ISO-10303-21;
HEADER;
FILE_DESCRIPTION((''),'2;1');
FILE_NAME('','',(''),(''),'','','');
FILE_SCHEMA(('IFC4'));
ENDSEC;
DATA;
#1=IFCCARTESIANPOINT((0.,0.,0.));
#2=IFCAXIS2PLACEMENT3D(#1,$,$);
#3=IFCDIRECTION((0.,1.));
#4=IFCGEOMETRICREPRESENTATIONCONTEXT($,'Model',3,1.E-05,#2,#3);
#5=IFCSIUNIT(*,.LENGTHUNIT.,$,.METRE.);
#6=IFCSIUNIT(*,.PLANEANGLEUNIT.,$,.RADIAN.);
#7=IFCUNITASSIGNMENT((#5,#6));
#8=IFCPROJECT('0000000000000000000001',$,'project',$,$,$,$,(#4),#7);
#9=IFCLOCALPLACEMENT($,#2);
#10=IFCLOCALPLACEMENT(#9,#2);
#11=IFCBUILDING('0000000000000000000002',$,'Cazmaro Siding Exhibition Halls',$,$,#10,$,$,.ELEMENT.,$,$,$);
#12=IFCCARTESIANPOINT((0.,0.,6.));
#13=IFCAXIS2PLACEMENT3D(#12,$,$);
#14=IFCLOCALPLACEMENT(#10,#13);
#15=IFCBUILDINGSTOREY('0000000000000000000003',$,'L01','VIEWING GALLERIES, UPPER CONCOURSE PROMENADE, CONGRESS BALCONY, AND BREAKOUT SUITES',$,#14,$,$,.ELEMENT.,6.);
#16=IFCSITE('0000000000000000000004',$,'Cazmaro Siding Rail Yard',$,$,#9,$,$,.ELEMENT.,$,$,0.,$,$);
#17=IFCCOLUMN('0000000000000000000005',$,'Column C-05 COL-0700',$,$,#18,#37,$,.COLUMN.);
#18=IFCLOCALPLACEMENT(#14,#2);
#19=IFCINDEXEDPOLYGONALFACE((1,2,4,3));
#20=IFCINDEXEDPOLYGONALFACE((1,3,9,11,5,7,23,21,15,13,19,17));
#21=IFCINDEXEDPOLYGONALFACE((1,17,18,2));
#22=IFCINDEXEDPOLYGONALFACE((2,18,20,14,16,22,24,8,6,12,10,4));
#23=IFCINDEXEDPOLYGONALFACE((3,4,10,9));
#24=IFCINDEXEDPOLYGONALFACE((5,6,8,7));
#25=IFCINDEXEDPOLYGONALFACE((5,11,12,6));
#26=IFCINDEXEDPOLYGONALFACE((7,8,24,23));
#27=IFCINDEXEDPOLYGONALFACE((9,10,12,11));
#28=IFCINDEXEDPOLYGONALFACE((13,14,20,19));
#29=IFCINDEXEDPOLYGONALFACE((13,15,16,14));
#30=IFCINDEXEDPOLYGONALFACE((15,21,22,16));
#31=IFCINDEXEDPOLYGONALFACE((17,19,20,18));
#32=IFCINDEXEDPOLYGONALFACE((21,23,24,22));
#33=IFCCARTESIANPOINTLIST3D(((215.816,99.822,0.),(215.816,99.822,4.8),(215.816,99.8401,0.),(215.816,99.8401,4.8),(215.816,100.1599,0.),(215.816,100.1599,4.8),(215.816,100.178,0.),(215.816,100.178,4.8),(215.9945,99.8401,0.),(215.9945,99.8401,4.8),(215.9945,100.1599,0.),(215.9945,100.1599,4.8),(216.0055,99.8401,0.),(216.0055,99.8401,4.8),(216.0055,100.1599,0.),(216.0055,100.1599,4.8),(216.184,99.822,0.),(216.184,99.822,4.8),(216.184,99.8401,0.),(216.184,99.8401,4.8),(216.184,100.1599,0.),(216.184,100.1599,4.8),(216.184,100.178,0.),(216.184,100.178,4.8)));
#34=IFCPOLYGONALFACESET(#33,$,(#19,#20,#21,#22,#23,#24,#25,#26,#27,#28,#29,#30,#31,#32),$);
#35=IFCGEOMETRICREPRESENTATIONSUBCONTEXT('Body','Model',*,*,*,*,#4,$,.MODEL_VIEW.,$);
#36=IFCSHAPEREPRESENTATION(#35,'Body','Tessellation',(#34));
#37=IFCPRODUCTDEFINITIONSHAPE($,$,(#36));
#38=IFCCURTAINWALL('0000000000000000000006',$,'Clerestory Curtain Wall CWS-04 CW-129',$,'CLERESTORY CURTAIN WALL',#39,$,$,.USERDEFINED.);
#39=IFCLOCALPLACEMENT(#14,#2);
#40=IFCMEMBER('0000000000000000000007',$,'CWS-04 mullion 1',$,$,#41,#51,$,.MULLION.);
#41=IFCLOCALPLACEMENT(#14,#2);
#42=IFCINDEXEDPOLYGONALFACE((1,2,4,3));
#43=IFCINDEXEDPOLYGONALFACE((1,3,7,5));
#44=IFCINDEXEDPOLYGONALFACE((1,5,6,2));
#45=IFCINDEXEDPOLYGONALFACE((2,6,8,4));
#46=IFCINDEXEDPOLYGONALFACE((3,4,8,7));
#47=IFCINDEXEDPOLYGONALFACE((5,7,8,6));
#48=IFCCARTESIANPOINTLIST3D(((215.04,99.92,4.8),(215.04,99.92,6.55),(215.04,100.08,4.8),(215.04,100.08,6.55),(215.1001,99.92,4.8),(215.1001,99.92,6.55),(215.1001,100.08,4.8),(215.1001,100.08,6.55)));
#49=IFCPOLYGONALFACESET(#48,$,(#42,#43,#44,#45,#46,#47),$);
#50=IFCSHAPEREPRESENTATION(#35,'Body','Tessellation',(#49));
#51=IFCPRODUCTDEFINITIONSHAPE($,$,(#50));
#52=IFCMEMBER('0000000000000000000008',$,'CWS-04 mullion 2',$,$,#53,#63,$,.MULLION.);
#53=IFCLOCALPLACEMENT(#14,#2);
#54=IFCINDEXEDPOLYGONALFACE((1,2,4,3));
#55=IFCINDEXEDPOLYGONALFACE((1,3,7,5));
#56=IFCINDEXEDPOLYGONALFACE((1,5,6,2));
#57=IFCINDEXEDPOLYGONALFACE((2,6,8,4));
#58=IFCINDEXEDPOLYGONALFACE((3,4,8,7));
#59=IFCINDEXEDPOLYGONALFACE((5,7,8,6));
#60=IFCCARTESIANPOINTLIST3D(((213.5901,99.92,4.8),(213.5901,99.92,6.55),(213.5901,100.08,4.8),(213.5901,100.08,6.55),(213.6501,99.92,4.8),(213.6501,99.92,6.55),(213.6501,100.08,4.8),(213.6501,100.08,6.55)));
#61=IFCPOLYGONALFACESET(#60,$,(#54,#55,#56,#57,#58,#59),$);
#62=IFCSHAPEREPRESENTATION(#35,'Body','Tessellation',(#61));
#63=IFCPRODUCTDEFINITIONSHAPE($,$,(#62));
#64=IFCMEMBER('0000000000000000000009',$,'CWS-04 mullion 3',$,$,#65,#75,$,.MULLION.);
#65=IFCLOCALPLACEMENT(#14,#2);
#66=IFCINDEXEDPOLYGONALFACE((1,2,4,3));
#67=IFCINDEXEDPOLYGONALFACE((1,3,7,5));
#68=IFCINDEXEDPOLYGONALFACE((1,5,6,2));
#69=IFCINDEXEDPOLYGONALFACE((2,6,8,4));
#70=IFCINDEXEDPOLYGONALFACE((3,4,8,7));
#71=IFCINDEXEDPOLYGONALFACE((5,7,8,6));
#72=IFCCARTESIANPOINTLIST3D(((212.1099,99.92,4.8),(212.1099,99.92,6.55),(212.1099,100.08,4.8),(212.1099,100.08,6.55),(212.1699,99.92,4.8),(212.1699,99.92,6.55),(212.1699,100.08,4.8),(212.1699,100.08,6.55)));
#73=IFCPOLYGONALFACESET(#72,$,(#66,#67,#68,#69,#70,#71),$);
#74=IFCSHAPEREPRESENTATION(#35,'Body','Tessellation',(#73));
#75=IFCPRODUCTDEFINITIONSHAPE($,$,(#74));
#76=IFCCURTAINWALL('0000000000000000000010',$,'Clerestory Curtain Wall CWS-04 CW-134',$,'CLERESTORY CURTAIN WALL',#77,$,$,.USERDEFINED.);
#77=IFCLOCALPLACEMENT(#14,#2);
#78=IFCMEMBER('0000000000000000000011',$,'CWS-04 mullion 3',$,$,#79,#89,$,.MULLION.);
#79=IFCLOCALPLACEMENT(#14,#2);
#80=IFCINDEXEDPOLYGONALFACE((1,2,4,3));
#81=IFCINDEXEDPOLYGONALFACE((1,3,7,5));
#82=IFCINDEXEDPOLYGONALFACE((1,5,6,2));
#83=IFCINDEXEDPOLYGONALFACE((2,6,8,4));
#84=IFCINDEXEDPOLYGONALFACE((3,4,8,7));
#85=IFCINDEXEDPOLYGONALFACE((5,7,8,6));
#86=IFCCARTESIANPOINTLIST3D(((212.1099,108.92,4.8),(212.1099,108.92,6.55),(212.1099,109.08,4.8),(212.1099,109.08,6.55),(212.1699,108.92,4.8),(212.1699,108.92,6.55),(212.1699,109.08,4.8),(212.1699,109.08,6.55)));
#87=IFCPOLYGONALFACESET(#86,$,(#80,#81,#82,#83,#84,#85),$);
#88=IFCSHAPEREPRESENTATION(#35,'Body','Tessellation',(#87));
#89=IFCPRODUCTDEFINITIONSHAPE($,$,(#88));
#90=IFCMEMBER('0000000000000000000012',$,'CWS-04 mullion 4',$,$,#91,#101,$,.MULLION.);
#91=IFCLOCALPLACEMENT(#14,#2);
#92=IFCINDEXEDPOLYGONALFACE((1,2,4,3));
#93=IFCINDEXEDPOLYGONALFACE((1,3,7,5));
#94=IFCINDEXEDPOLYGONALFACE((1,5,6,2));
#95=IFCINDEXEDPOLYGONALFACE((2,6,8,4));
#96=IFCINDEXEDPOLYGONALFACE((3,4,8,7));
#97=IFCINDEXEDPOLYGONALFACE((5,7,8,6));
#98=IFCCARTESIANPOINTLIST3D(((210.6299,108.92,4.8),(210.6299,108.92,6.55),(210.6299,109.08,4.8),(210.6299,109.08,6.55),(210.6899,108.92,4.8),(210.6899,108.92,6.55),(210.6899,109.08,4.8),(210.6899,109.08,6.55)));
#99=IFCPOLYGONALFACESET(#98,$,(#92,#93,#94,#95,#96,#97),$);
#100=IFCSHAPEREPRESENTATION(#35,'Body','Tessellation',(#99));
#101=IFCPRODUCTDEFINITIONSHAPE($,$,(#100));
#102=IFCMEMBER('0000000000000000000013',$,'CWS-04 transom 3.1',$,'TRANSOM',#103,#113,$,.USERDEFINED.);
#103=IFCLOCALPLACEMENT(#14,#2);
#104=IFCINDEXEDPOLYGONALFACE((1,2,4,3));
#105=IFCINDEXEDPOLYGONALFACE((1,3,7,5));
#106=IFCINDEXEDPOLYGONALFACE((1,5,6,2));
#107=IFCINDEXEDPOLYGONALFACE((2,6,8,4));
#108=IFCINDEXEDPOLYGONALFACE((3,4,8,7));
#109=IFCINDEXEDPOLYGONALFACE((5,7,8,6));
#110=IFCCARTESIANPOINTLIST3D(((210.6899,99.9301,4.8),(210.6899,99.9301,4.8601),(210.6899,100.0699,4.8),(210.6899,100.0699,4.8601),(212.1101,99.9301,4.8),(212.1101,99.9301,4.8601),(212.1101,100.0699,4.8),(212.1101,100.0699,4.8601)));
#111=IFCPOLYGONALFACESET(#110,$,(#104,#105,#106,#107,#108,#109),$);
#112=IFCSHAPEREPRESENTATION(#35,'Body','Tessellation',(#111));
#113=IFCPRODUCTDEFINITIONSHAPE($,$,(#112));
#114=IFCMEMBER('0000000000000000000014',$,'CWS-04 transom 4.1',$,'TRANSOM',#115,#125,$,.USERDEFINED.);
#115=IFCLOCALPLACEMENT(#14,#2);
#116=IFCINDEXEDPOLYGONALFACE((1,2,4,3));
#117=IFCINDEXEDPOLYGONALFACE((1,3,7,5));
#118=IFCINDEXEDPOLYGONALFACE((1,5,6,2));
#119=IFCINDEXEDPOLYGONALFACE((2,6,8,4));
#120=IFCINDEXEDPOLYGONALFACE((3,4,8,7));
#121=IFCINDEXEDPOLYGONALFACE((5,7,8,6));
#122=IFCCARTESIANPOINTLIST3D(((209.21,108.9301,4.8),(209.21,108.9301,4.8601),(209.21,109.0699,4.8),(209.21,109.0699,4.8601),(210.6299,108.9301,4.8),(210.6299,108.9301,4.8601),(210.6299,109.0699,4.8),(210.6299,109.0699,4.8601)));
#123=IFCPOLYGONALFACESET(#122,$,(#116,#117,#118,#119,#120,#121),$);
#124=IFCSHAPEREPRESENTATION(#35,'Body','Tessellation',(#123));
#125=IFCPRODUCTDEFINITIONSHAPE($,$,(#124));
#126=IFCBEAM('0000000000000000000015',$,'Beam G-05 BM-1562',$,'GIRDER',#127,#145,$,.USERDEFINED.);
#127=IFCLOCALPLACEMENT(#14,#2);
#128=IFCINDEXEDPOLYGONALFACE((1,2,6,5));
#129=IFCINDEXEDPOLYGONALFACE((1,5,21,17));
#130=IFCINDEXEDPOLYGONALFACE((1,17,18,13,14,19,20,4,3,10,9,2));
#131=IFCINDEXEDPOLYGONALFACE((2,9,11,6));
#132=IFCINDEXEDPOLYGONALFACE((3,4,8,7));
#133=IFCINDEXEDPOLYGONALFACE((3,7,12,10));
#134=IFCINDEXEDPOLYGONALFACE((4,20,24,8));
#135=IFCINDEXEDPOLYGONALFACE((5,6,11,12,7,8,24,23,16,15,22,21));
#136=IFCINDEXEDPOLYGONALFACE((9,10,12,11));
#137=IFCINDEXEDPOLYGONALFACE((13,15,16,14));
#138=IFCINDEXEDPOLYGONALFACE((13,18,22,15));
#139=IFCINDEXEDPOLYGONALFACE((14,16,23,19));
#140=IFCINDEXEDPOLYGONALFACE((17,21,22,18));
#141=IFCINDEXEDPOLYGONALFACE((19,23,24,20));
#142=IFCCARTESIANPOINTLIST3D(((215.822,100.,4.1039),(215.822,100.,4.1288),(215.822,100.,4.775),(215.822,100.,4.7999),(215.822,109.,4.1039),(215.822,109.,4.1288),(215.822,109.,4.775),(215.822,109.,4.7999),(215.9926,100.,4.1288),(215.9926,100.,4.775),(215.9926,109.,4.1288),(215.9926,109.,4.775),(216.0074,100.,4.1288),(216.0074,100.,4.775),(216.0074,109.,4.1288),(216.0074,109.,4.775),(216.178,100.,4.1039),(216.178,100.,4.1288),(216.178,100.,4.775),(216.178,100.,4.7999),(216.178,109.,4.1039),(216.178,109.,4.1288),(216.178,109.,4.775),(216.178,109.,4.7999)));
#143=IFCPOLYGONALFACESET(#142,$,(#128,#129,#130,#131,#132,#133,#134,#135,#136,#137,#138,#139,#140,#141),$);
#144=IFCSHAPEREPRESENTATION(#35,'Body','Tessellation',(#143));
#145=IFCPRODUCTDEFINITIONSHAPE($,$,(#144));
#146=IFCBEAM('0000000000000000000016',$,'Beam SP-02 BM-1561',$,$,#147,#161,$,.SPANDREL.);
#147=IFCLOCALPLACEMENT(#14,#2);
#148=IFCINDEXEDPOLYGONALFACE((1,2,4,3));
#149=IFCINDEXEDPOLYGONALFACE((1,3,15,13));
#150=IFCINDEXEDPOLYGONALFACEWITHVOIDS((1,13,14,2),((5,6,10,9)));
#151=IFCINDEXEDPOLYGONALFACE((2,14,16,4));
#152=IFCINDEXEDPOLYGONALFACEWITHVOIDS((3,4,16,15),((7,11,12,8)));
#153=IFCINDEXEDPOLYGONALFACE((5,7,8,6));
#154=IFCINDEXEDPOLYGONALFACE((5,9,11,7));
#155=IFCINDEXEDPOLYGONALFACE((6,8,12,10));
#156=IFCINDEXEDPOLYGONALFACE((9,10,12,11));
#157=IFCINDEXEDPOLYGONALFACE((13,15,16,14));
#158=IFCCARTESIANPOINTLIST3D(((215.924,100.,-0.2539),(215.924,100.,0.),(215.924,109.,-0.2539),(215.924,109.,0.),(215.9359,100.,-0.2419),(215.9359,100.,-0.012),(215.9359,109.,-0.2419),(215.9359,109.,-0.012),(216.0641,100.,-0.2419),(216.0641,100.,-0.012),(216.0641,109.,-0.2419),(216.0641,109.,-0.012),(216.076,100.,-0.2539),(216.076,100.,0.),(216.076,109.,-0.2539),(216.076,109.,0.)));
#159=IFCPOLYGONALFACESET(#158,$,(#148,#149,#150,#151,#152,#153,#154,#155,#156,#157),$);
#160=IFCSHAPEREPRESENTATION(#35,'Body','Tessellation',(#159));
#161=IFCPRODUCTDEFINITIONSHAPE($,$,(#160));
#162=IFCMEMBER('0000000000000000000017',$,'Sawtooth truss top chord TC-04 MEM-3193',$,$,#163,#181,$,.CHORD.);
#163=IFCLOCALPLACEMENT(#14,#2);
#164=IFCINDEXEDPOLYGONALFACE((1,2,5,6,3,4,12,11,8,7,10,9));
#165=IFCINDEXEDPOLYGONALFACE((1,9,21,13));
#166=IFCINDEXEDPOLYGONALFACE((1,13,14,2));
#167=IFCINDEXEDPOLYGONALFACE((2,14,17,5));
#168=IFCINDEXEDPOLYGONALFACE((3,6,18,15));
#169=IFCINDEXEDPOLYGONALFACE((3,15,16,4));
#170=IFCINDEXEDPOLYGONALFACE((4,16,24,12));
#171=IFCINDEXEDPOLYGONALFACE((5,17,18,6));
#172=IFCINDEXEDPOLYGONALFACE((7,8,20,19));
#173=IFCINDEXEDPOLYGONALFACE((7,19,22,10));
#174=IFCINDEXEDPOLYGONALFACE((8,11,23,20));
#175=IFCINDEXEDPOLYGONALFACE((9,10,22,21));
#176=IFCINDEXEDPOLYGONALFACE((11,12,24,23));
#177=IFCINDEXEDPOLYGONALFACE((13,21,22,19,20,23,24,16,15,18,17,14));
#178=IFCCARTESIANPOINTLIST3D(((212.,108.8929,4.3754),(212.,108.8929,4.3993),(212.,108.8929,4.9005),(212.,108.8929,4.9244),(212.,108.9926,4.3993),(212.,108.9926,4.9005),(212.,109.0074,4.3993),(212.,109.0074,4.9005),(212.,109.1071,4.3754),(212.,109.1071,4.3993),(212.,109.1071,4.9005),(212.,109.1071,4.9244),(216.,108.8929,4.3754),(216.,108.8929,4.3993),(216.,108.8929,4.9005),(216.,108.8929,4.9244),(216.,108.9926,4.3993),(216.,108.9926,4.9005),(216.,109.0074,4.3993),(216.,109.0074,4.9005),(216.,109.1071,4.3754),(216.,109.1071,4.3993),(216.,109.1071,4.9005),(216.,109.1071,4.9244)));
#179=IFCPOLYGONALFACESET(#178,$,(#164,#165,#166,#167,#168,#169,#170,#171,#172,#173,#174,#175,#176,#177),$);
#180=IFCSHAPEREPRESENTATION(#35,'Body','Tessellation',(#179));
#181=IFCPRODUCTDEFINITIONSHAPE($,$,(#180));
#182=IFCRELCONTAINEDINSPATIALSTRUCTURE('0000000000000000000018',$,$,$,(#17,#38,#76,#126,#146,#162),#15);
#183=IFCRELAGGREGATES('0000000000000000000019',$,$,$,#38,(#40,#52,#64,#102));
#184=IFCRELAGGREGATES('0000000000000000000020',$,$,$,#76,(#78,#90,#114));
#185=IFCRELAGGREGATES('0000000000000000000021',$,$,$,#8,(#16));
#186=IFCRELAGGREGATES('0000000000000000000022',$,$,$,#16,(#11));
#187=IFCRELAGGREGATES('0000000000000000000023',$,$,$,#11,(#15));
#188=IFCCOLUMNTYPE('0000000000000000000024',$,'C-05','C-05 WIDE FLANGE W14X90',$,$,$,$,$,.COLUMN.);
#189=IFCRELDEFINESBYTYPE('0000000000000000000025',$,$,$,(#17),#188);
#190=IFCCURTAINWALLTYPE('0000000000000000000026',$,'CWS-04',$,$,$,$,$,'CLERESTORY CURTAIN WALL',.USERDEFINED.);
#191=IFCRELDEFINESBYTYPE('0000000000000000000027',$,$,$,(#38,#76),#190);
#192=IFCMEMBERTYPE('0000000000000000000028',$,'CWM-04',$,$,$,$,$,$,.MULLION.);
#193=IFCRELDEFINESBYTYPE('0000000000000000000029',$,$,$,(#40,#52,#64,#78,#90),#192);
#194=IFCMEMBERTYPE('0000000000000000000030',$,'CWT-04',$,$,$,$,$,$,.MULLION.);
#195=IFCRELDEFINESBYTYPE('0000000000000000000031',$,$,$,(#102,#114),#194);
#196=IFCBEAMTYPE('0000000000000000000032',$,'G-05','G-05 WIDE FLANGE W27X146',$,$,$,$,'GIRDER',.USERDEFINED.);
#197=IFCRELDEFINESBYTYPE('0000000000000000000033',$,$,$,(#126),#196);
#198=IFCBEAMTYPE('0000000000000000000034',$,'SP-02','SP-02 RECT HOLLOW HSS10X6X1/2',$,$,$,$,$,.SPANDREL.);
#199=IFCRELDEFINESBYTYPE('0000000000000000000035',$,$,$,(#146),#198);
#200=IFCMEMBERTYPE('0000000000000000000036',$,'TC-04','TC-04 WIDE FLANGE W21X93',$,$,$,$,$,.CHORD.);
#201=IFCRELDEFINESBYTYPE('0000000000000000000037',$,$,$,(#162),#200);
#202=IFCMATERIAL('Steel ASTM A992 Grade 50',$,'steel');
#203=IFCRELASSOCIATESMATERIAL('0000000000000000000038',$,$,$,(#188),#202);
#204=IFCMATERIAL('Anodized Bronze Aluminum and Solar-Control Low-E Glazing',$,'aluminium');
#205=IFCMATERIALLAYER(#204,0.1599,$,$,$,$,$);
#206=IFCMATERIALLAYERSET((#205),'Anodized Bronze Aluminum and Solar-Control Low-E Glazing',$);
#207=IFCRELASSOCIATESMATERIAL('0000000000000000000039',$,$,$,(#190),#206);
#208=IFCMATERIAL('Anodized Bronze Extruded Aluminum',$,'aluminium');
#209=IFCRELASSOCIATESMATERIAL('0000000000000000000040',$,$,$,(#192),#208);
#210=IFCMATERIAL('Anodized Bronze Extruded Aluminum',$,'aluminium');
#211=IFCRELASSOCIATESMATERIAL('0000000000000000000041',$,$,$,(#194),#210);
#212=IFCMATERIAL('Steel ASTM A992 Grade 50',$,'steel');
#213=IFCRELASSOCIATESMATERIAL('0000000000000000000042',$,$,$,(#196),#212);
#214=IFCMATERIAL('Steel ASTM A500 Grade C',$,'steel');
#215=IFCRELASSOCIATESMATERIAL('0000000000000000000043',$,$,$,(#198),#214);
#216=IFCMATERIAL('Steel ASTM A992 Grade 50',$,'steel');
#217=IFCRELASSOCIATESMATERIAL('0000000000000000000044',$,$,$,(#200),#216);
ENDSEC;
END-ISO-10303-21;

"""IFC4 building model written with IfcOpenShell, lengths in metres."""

from ifc_helpers import new_model, si_unit, direction, frame, origin, origin_2d, place, context, subcontext, project, spatial, rectangle, hollow_rectangle, i_section, extrude, material, layer, layer_set, material_profile, profile_set, type_object, element, aggregate, save


model = new_model("IFC4")

# Units and contexts
model_context = context("Model", 3, precision=1e-05, world=origin(), true_north=direction((0.0, 1.0)))
body_context = subcontext(model_context, "Body", "Model", "MODEL_VIEW")
ifc_project = project(units=[si_unit("LENGTHUNIT", "METRE"), si_unit("PLANEANGLEUNIT", "RADIAN")], contexts=[model_context])

# Site, building, storey
site_placement = place(None, origin())
site = spatial("IfcSite", under=ifc_project, at=site_placement, Name="Cazmaro Siding Rail Yard", CompositionType="ELEMENT", RefElevation=0.0)
building_placement = place(site_placement, origin())
building = spatial("IfcBuilding", under=site, at=building_placement, Name="Cazmaro Siding Exhibition Halls", CompositionType="ELEMENT")
storey_placement = place(building_placement, frame((0.0, 0.0, 6.0)))
storey = spatial("IfcBuildingStorey", under=building, at=storey_placement, Name="L01", Description="VIEWING GALLERIES, UPPER CONCOURSE PROMENADE, CONGRESS BALCONY, AND BREAKOUT SUITES", CompositionType="ELEMENT", Elevation=6.0)

# Column
ifc_material_1 = material(Name="Steel ASTM A992 Grade 50", Category="steel")
ifc_material_profile_1 = material_profile(ifc_material_1, i_section(OverallWidth=0.3679, OverallDepth=0.356, WebThickness=0.011, FlangeThickness=0.0181, at=origin_2d()), Name="W14X90")
ifc_profile_set_1 = profile_set([ifc_material_profile_1], Name="Steel ASTM A992 Grade 50")
column_type = type_object("IfcColumnType", Name="C-05", Description="C-05 WIDE FLANGE W14X90", PredefinedType="COLUMN", material=ifc_profile_set_1)
column_placement = place(storey_placement, frame((216.0, 100.0, 0.0), z_axis=(0.0, 0.0, 1.0), x_axis=(1.0, 0.0, 0.0)))
element("IfcColumn", 1, at=column_placement, inside=storey, type_object=column_type, Name="Column C-05 COL-0700", PredefinedType="COLUMN", context=body_context, shape_type="SweptSolid", body=[
    extrude(i_section(OverallWidth=0.3679, OverallDepth=0.356, WebThickness=0.011, FlangeThickness=0.0181, at=origin_2d()), origin(), (0.0, 0.0, 1.0), 4.8),
])

# Curtain walls, members
ifc_material_2 = material(Name="Anodized Bronze Aluminum and Solar-Control Low-E Glazing", Category="aluminium")
ifc_layer = layer(ifc_material_2, 0.1599)
ifc_layer_set = layer_set([ifc_layer], Name="Anodized Bronze Aluminum and Solar-Control Low-E Glazing")
curtain_wall_type = type_object("IfcCurtainWallType", Name="CWS-04", ElementType="CLERESTORY CURTAIN WALL", PredefinedType="USERDEFINED", material=ifc_layer_set)
curtain_wall_1_placement = place(storey_placement, origin())
curtain_wall_1 = element("IfcCurtainWall", 2, at=curtain_wall_1_placement, inside=storey, type_object=curtain_wall_type, Name="Clerestory Curtain Wall CWS-04 CW-129", ObjectType="CLERESTORY CURTAIN WALL", PredefinedType="USERDEFINED")
ifc_material_3 = material(Name="Anodized Bronze Extruded Aluminum", Category="aluminium")
ifc_material_profile_2 = material_profile(ifc_material_3, rectangle(XDim=0.1599, YDim=0.0601, at=origin_2d()), Name="CWM-04")
ifc_profile_set_2 = profile_set([ifc_material_profile_2], Name="Anodized Bronze Extruded Aluminum")
member_type_1 = type_object("IfcMemberType", Name="CWM-04", PredefinedType="MULLION", material=ifc_profile_set_2)
member_1_placement = place(storey_placement, frame((215.0701, 100.0, 4.8), z_axis=(0.0, 0.0, 1.0), x_axis=(0.0, -1.0, 0.0)))
member_1 = element("IfcMember", 3, at=member_1_placement, type_object=member_type_1, Name="CWS-04 mullion 1", PredefinedType="MULLION", context=body_context, shape_type="SweptSolid", body=[
    extrude(rectangle(XDim=0.1599, YDim=0.0601, at=origin_2d()), origin(), (0.0, 0.0, 1.0), 1.75),
])
member_2_placement = place(storey_placement, frame((213.6201, 100.0, 4.8), z_axis=(0.0, 0.0, 1.0), x_axis=(0.0, -1.0, 0.0)))
member_2 = element("IfcMember", 4, at=member_2_placement, type_object=member_type_1, Name="CWS-04 mullion 2", PredefinedType="MULLION", context=body_context, shape_type="SweptSolid", body=[
    extrude(rectangle(XDim=0.1599, YDim=0.0601, at=origin_2d()), origin(), (0.0, 0.0, 1.0), 1.75),
])
member_3_placement = place(storey_placement, frame((212.1399, 100.0, 4.8), z_axis=(0.0, 0.0, 1.0), x_axis=(0.0, -1.0, 0.0)))
member_3 = element("IfcMember", 5, at=member_3_placement, type_object=member_type_1, Name="CWS-04 mullion 3", PredefinedType="MULLION", context=body_context, shape_type="SweptSolid", body=[
    extrude(rectangle(XDim=0.1599, YDim=0.0601, at=origin_2d()), origin(), (0.0, 0.0, 1.0), 1.75),
])
curtain_wall_2_placement = place(storey_placement, origin())
curtain_wall_2 = element("IfcCurtainWall", 6, at=curtain_wall_2_placement, inside=storey, type_object=curtain_wall_type, Name="Clerestory Curtain Wall CWS-04 CW-134", ObjectType="CLERESTORY CURTAIN WALL", PredefinedType="USERDEFINED")
member_4_placement = place(storey_placement, frame((212.1399, 109.0, 4.8), z_axis=(0.0, 0.0, 1.0), x_axis=(0.0, -1.0, 0.0)))
member_4 = element("IfcMember", 7, at=member_4_placement, type_object=member_type_1, Name="CWS-04 mullion 3", PredefinedType="MULLION", context=body_context, shape_type="SweptSolid", body=[
    extrude(rectangle(XDim=0.1599, YDim=0.0601, at=origin_2d()), origin(), (0.0, 0.0, 1.0), 1.75),
])
member_5_placement = place(storey_placement, frame((210.6599, 109.0, 4.8), z_axis=(0.0, 0.0, 1.0), x_axis=(0.0, -1.0, 0.0)))
member_5 = element("IfcMember", 8, at=member_5_placement, type_object=member_type_1, Name="CWS-04 mullion 4", PredefinedType="MULLION", context=body_context, shape_type="SweptSolid", body=[
    extrude(rectangle(XDim=0.1599, YDim=0.0601, at=origin_2d()), origin(), (0.0, 0.0, 1.0), 1.75),
])

# Members
ifc_material_4 = material(Name="Anodized Bronze Extruded Aluminum", Category="aluminium")
ifc_material_profile_3 = material_profile(ifc_material_4, rectangle(XDim=0.1399, YDim=0.0601, at=origin_2d()), Name="CWT-04")
ifc_profile_set_3 = profile_set([ifc_material_profile_3], Name="Anodized Bronze Extruded Aluminum")
member_type_2 = type_object("IfcMemberType", Name="CWT-04", PredefinedType="MULLION", material=ifc_profile_set_3)
member_6_placement = place(storey_placement, frame((212.1101, 100.0, 4.8301), z_axis=(-1.0, 0.0, 0.0), x_axis=(0.0, -1.0, 0.0)))
member_6 = element("IfcMember", 9, at=member_6_placement, type_object=member_type_2, Name="CWS-04 transom 3.1", ObjectType="TRANSOM", PredefinedType="USERDEFINED", context=body_context, shape_type="SweptSolid", body=[
    extrude(rectangle(XDim=0.1399, YDim=0.0601, at=origin_2d()), origin(), (0.0, 0.0, 1.0), 1.4202),
])
aggregate(curtain_wall_1, [member_1, member_2, member_3, member_6])
member_7_placement = place(storey_placement, frame((210.6299, 109.0, 4.8301), z_axis=(-1.0, 0.0, 0.0), x_axis=(0.0, -1.0, 0.0)))
member_7 = element("IfcMember", 10, at=member_7_placement, type_object=member_type_2, Name="CWS-04 transom 4.1", ObjectType="TRANSOM", PredefinedType="USERDEFINED", context=body_context, shape_type="SweptSolid", body=[
    extrude(rectangle(XDim=0.1399, YDim=0.0601, at=origin_2d()), origin(), (0.0, 0.0, 1.0), 1.4199),
])
aggregate(curtain_wall_2, [member_4, member_5, member_7])

# Beams
ifc_material_5 = material(Name="Steel ASTM A992 Grade 50", Category="steel")
ifc_material_profile_4 = material_profile(ifc_material_5, i_section(OverallWidth=0.356, OverallDepth=0.696, WebThickness=0.0149, FlangeThickness=0.0249, at=origin_2d()), Name="W27X146")
ifc_profile_set_4 = profile_set([ifc_material_profile_4], Name="Steel ASTM A992 Grade 50")
beam_type_1 = type_object("IfcBeamType", Name="G-05", Description="G-05 WIDE FLANGE W27X146", ElementType="GIRDER", PredefinedType="USERDEFINED", material=ifc_profile_set_4)
beam_1_placement = place(storey_placement, frame((216.0, 100.0, 4.4519), z_axis=(0.0, 1.0, 0.0), x_axis=(-1.0, 0.0, 0.0)))
element("IfcBeam", 11, at=beam_1_placement, inside=storey, type_object=beam_type_1, Name="Beam G-05 BM-1562", ObjectType="GIRDER", PredefinedType="USERDEFINED", context=body_context, shape_type="SweptSolid", body=[
    extrude(i_section(OverallWidth=0.356, OverallDepth=0.696, WebThickness=0.0149, FlangeThickness=0.0249, at=origin_2d()), origin(), (0.0, 0.0, 1.0), 9.0),
])
ifc_material_6 = material(Name="Steel ASTM A500 Grade C", Category="steel")
ifc_material_profile_5 = material_profile(ifc_material_6, hollow_rectangle(XDim=0.1521, YDim=0.2539, WallThickness=0.012, at=origin_2d()), Name="HSS10X6X1/2")
ifc_profile_set_5 = profile_set([ifc_material_profile_5], Name="Steel ASTM A500 Grade C")
beam_type_2 = type_object("IfcBeamType", Name="SP-02", Description="SP-02 RECT HOLLOW HSS10X6X1/2", PredefinedType="SPANDREL", material=ifc_profile_set_5)
beam_2_placement = place(storey_placement, frame((216.0, 100.0, -0.127), z_axis=(0.0, 1.0, 0.0), x_axis=(-1.0, 0.0, 0.0)))
element("IfcBeam", 12, at=beam_2_placement, inside=storey, type_object=beam_type_2, Name="Beam SP-02 BM-1561", PredefinedType="SPANDREL", context=body_context, shape_type="SweptSolid", body=[
    extrude(hollow_rectangle(XDim=0.1521, YDim=0.2539, WallThickness=0.012, at=origin_2d()), origin(), (0.0, 0.0, 1.0), 9.0),
])

# Member
ifc_material_7 = material(Name="Steel ASTM A992 Grade 50", Category="steel")
ifc_material_profile_6 = material_profile(ifc_material_7, i_section(OverallWidth=0.2141, OverallDepth=0.5491, WebThickness=0.0149, FlangeThickness=0.0239, at=origin_2d()), Name="W21X93")
ifc_profile_set_6 = profile_set([ifc_material_profile_6], Name="Steel ASTM A992 Grade 50")
member_type_3 = type_object("IfcMemberType", Name="TC-04", Description="TC-04 WIDE FLANGE W21X93", PredefinedType="CHORD", material=ifc_profile_set_6)
member_8_placement = place(storey_placement, frame((212.0, 109.0, 4.6499), z_axis=(1.0, 0.0, 0.0), x_axis=(0.0, 1.0, 0.0)))
element("IfcMember", 13, at=member_8_placement, inside=storey, type_object=member_type_3, Name="Sawtooth truss top chord TC-04 MEM-3193", PredefinedType="CHORD", context=body_context, shape_type="SweptSolid", body=[
    extrude(i_section(OverallWidth=0.2141, OverallDepth=0.5491, WebThickness=0.0149, FlangeThickness=0.0239, at=origin_2d()), origin(), (0.0, 0.0, 1.0), 4.0),
])

save(model, "model.ifc")
